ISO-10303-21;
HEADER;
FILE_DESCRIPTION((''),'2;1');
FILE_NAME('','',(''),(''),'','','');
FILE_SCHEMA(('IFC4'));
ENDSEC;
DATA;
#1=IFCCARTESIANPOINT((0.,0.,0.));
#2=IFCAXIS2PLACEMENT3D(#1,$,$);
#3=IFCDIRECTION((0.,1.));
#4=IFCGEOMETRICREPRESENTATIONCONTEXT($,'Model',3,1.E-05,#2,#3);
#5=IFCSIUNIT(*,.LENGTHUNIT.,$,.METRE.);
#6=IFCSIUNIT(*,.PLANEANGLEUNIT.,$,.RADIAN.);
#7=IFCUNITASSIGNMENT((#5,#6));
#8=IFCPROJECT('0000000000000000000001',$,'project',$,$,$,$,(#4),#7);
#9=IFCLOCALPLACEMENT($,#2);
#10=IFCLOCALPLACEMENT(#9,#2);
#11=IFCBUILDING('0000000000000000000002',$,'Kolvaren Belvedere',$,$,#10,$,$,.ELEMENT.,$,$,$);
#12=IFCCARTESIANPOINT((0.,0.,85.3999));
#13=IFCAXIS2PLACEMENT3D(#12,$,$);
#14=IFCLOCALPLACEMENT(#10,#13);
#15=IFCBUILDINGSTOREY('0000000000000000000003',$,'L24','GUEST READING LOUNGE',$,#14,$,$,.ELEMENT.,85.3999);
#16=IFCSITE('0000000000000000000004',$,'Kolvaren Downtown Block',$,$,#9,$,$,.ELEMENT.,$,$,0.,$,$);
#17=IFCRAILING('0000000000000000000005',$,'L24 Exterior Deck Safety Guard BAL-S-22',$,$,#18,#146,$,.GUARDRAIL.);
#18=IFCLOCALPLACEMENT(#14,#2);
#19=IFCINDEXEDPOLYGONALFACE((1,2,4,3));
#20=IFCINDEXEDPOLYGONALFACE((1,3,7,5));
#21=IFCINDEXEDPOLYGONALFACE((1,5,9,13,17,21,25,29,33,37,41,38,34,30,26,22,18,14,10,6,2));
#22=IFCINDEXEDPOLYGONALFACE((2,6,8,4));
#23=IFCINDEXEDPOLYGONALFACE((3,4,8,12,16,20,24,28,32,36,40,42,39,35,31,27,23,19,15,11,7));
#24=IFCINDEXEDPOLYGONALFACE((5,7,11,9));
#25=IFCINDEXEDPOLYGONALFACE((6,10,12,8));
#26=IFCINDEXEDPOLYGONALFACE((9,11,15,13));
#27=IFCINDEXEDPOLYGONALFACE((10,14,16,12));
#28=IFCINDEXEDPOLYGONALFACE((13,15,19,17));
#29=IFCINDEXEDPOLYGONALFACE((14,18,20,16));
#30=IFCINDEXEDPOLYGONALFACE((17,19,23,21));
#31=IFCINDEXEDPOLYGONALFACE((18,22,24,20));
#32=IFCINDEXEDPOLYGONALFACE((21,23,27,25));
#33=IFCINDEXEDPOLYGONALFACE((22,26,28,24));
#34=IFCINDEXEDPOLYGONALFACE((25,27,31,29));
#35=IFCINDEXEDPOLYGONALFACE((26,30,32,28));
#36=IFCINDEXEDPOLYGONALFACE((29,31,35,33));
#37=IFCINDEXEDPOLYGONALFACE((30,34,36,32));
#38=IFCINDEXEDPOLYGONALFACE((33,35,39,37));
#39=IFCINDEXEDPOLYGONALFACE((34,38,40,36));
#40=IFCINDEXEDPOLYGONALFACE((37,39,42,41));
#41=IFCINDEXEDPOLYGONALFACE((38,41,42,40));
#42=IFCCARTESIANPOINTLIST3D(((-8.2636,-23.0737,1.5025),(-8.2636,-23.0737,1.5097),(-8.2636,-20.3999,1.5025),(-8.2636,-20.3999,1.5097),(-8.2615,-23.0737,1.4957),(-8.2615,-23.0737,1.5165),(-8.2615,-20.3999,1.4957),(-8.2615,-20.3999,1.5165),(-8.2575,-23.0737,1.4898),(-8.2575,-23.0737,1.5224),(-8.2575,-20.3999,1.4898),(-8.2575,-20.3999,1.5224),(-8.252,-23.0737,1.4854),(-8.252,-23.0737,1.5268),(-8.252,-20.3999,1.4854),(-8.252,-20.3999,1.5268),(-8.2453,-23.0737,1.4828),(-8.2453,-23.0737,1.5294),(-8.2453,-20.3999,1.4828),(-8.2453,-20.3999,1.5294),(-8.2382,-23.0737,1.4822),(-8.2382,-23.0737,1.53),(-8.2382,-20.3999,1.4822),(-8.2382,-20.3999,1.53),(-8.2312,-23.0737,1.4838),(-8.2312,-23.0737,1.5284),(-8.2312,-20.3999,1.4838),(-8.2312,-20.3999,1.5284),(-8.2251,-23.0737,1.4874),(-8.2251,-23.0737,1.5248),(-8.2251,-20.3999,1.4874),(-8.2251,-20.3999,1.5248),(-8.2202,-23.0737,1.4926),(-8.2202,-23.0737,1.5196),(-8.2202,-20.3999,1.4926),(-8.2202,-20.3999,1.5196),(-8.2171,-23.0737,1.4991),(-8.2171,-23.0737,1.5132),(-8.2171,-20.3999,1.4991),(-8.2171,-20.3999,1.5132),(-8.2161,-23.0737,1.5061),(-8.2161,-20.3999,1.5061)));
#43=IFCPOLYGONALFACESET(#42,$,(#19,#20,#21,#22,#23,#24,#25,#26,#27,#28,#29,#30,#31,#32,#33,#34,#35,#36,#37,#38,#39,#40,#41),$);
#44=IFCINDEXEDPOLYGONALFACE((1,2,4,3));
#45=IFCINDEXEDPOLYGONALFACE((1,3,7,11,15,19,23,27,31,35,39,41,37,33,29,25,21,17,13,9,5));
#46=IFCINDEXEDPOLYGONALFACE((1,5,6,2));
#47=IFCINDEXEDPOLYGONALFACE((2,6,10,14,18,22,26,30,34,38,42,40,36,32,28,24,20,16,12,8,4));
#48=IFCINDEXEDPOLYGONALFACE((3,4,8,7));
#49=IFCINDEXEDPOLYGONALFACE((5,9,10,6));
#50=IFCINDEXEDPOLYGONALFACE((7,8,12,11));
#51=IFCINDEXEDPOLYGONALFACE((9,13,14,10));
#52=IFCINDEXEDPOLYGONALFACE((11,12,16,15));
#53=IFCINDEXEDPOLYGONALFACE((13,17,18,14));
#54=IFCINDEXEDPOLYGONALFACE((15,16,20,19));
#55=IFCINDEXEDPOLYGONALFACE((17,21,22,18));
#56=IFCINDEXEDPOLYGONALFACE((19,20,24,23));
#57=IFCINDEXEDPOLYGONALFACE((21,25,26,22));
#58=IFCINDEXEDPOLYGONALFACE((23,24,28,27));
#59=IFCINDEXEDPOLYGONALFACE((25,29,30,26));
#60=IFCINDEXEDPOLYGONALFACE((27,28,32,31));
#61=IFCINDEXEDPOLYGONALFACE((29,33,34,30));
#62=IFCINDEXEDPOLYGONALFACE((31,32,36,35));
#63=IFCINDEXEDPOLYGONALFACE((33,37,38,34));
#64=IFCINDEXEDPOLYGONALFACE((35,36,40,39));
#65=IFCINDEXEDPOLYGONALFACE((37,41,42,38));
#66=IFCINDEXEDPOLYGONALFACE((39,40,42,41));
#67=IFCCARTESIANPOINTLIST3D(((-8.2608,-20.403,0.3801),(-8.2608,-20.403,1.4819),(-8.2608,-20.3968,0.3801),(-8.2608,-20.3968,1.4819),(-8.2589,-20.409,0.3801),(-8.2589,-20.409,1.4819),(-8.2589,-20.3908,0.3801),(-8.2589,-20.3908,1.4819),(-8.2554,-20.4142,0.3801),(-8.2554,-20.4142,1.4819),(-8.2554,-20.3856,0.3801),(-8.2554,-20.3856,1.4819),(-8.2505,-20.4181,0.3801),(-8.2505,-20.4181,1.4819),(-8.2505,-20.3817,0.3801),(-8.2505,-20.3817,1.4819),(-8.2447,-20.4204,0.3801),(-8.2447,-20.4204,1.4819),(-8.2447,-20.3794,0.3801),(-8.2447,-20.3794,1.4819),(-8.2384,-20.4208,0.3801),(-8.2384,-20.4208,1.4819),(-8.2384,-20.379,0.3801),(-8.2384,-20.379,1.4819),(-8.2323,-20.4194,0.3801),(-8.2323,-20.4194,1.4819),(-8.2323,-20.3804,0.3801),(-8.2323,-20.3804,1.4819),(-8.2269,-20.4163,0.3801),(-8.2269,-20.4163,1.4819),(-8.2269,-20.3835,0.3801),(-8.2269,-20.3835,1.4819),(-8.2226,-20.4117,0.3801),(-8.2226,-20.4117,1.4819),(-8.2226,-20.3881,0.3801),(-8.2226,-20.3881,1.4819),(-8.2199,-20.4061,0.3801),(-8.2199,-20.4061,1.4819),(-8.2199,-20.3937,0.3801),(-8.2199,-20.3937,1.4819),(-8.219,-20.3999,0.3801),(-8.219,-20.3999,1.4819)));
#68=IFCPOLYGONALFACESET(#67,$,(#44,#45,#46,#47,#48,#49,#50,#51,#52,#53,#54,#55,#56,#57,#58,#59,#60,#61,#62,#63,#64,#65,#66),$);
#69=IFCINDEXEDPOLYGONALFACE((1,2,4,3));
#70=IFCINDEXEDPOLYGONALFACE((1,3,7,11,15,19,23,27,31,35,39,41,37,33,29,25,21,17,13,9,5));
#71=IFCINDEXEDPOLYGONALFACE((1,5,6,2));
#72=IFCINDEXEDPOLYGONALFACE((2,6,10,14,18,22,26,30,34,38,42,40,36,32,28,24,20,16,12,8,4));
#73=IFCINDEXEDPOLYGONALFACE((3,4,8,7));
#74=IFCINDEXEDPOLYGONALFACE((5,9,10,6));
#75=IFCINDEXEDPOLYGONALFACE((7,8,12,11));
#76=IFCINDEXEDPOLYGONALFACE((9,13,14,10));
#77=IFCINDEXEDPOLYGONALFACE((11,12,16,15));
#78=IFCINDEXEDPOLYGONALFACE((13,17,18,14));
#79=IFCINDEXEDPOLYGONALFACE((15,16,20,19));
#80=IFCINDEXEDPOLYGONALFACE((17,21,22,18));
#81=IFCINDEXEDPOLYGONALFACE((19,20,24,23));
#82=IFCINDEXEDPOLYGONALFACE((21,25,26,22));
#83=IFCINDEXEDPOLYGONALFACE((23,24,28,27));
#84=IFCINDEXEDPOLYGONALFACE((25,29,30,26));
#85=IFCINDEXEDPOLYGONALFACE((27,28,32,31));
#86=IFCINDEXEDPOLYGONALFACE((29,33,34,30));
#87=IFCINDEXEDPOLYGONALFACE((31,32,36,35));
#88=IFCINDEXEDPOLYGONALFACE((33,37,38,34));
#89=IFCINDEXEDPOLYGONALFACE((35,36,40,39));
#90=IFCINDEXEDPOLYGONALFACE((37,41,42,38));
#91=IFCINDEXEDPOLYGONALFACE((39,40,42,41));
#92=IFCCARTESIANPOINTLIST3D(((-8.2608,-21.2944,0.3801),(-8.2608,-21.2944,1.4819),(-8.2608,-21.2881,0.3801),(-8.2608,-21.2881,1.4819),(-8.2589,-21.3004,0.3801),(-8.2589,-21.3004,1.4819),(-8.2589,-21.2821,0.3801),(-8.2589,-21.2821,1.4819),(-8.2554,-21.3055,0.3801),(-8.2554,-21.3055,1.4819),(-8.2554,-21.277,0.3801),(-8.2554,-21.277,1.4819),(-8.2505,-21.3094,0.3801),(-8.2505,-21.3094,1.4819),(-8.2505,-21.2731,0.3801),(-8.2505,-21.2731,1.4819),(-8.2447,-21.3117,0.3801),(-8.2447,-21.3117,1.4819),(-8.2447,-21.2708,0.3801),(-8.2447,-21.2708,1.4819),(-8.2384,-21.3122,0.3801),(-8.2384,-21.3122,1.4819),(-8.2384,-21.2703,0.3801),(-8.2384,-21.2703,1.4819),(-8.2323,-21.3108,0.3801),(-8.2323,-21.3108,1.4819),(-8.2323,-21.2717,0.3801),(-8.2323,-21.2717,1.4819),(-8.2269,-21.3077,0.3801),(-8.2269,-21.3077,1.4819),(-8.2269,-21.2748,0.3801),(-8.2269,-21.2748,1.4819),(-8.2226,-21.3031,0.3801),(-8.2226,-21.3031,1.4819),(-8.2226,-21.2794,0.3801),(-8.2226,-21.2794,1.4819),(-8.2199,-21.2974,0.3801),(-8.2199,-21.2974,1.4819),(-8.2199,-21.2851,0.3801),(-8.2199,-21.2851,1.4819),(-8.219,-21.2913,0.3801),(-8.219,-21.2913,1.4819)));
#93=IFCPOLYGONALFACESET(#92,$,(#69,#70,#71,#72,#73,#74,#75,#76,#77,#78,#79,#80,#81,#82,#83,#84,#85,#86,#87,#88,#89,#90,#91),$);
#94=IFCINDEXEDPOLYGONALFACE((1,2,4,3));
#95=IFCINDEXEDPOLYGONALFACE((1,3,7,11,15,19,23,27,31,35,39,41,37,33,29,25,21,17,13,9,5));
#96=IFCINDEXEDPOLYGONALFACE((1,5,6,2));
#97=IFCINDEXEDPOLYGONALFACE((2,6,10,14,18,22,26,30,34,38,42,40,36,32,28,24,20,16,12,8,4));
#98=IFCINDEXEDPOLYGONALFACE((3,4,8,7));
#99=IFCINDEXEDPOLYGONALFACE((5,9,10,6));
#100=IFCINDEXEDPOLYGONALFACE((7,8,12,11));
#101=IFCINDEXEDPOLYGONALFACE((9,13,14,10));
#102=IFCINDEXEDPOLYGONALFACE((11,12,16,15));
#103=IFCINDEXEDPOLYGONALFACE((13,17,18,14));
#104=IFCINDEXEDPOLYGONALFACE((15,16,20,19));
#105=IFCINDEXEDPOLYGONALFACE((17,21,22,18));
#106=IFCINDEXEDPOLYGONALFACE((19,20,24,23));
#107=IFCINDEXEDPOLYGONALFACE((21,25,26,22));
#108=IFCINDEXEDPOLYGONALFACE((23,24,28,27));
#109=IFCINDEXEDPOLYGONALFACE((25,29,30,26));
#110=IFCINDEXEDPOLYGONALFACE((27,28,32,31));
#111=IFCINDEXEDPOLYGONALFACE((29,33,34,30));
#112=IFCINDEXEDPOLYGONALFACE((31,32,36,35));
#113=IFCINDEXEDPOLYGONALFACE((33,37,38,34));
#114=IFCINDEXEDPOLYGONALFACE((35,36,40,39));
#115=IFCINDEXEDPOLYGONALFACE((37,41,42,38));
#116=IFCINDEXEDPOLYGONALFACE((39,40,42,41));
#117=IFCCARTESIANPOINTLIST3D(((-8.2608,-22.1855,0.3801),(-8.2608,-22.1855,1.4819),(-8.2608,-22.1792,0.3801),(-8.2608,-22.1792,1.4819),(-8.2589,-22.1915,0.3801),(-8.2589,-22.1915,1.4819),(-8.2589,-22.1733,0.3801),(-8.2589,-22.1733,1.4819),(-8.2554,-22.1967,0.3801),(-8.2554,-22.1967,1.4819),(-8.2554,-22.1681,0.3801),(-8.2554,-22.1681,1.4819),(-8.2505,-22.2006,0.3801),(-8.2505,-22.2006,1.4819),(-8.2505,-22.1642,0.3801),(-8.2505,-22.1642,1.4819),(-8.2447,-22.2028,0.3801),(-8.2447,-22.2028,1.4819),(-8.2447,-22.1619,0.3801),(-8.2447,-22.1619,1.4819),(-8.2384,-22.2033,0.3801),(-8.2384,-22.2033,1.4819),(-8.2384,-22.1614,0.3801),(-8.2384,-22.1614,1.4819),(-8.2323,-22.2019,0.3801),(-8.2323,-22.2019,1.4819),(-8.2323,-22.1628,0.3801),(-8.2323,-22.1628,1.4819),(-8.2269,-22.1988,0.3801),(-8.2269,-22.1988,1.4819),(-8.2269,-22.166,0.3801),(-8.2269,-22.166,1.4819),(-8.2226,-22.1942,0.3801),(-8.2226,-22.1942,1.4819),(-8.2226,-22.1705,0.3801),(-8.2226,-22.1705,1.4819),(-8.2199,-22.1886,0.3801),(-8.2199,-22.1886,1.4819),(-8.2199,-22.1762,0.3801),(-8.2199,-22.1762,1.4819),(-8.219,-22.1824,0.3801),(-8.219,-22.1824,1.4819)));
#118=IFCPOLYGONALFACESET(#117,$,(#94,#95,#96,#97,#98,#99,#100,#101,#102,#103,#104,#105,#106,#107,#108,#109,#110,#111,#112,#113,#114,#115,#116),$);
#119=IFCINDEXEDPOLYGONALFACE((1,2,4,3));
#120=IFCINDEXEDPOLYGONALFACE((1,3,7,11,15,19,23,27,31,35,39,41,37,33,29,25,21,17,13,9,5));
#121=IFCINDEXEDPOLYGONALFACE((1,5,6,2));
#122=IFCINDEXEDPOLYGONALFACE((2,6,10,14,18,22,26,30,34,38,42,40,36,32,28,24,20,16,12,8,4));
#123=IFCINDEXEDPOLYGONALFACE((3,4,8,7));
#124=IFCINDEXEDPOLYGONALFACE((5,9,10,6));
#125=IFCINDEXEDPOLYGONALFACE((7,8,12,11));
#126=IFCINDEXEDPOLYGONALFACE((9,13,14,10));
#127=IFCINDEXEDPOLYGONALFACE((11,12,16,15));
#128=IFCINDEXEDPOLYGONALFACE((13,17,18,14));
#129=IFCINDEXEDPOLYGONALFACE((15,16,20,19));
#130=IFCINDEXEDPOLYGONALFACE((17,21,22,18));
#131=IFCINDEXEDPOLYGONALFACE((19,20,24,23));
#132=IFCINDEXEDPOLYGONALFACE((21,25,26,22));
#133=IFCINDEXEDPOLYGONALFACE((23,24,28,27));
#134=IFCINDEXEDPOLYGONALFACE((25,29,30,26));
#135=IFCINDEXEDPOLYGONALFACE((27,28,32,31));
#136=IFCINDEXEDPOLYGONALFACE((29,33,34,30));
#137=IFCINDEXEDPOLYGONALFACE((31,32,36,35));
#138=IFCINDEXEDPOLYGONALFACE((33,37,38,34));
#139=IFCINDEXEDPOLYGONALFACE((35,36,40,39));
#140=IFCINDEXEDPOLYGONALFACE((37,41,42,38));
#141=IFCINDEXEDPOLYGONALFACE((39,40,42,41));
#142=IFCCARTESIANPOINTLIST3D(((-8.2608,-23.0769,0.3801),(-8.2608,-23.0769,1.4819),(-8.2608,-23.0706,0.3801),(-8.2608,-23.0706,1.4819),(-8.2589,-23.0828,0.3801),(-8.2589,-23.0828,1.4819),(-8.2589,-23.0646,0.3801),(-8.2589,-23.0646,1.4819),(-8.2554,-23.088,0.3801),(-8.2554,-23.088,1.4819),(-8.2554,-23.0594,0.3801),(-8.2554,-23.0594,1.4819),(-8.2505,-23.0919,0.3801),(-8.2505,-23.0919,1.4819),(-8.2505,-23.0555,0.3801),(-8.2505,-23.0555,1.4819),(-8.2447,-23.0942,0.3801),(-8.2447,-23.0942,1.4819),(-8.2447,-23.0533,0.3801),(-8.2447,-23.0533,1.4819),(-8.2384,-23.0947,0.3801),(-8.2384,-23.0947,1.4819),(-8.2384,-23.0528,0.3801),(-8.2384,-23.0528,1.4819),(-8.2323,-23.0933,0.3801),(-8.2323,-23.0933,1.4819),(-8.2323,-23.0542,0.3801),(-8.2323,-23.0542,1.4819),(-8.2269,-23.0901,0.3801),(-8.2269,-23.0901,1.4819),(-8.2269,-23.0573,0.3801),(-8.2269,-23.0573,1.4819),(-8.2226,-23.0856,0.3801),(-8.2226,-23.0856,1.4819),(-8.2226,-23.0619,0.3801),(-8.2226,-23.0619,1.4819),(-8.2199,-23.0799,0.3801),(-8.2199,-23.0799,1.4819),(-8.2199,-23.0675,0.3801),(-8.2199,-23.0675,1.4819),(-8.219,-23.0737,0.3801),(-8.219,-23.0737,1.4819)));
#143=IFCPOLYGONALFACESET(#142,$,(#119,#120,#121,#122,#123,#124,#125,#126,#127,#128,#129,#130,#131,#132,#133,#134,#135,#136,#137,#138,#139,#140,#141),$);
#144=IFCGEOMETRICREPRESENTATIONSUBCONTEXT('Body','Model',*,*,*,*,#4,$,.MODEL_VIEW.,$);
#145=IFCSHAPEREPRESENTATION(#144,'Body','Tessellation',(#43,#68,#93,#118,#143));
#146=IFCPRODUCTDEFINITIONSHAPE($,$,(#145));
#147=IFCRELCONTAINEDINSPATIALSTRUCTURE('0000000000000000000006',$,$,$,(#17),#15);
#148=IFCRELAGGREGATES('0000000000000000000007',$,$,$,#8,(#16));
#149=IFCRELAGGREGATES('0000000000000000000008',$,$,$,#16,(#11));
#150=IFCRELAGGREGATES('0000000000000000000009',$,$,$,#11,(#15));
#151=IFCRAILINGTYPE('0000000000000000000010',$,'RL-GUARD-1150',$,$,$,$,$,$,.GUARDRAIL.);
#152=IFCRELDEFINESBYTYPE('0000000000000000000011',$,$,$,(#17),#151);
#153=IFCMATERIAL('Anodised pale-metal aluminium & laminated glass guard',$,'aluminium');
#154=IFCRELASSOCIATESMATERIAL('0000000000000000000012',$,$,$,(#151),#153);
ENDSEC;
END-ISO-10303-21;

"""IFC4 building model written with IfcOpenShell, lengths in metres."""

from ifc_helpers import new_model, si_unit, direction, frame, origin, origin_2d, place, context, subcontext, project, spatial, circle, extrude, material, type_object, element, save


model = new_model("IFC4")

# Units and contexts
model_context = context("Model", 3, precision=1e-05, world=origin(), true_north=direction((0.0, 1.0)))
body_context = subcontext(model_context, "Body", "Model", "MODEL_VIEW")
ifc_project = project(units=[si_unit("LENGTHUNIT", "METRE"), si_unit("PLANEANGLEUNIT", "RADIAN")], contexts=[model_context])

# Site, building, storey
site_placement = place(None, origin())
site = spatial("IfcSite", under=ifc_project, at=site_placement, Name="Kolvaren Downtown Block", CompositionType="ELEMENT", RefElevation=0.0)
building_placement = place(site_placement, origin())
building = spatial("IfcBuilding", under=site, at=building_placement, Name="Kolvaren Belvedere", CompositionType="ELEMENT")
storey_placement = place(building_placement, frame((0.0, 0.0, 85.3999)))
storey = spatial("IfcBuildingStorey", under=building, at=storey_placement, Name="L24", Description="GUEST READING LOUNGE", CompositionType="ELEMENT", Elevation=85.3999)

# Railing
ifc_material_1 = material(Name="Anodised pale-metal aluminium & laminated glass guard", Category="aluminium")
railing_type = type_object("IfcRailingType", Name="RL-GUARD-1150", PredefinedType="GUARDRAIL", material=ifc_material_1)
railing_1_placement = place(storey_placement, frame((-8.24, -20.3999, 0.3801)))
element("IfcRailing", 1, at=railing_1_placement, inside=storey, type_object=railing_type, Name="L24 Exterior Deck Safety Guard BAL-S-22", PredefinedType="GUARDRAIL", context=body_context, shape_type="SweptSolid", body=[
    extrude(circle(Radius=0.0239, at=origin_2d()), frame((0.0, 0.0, 1.126), z_axis=(0.0, -1.0, 0.0), x_axis=(1.0, 0.0, 0.0)), (0.0, 0.0, 1.0), 2.6738),
    extrude(circle(Radius=0.021, at=origin_2d()), origin(), (0.0, 0.0, 1.0), 1.1018),
    extrude(circle(Radius=0.021, at=origin_2d()), frame((0.0, -0.8914, 0.0)), (0.0, 0.0, 1.0), 1.1018),
    extrude(circle(Radius=0.021, at=origin_2d()), frame((0.0, -1.7825, 0.0)), (0.0, 0.0, 1.0), 1.1018),
    extrude(circle(Radius=0.021, at=origin_2d()), frame((0.0, -2.6738, 0.0)), (0.0, 0.0, 1.0), 1.1018),
])

save(model, "model.ifc")
